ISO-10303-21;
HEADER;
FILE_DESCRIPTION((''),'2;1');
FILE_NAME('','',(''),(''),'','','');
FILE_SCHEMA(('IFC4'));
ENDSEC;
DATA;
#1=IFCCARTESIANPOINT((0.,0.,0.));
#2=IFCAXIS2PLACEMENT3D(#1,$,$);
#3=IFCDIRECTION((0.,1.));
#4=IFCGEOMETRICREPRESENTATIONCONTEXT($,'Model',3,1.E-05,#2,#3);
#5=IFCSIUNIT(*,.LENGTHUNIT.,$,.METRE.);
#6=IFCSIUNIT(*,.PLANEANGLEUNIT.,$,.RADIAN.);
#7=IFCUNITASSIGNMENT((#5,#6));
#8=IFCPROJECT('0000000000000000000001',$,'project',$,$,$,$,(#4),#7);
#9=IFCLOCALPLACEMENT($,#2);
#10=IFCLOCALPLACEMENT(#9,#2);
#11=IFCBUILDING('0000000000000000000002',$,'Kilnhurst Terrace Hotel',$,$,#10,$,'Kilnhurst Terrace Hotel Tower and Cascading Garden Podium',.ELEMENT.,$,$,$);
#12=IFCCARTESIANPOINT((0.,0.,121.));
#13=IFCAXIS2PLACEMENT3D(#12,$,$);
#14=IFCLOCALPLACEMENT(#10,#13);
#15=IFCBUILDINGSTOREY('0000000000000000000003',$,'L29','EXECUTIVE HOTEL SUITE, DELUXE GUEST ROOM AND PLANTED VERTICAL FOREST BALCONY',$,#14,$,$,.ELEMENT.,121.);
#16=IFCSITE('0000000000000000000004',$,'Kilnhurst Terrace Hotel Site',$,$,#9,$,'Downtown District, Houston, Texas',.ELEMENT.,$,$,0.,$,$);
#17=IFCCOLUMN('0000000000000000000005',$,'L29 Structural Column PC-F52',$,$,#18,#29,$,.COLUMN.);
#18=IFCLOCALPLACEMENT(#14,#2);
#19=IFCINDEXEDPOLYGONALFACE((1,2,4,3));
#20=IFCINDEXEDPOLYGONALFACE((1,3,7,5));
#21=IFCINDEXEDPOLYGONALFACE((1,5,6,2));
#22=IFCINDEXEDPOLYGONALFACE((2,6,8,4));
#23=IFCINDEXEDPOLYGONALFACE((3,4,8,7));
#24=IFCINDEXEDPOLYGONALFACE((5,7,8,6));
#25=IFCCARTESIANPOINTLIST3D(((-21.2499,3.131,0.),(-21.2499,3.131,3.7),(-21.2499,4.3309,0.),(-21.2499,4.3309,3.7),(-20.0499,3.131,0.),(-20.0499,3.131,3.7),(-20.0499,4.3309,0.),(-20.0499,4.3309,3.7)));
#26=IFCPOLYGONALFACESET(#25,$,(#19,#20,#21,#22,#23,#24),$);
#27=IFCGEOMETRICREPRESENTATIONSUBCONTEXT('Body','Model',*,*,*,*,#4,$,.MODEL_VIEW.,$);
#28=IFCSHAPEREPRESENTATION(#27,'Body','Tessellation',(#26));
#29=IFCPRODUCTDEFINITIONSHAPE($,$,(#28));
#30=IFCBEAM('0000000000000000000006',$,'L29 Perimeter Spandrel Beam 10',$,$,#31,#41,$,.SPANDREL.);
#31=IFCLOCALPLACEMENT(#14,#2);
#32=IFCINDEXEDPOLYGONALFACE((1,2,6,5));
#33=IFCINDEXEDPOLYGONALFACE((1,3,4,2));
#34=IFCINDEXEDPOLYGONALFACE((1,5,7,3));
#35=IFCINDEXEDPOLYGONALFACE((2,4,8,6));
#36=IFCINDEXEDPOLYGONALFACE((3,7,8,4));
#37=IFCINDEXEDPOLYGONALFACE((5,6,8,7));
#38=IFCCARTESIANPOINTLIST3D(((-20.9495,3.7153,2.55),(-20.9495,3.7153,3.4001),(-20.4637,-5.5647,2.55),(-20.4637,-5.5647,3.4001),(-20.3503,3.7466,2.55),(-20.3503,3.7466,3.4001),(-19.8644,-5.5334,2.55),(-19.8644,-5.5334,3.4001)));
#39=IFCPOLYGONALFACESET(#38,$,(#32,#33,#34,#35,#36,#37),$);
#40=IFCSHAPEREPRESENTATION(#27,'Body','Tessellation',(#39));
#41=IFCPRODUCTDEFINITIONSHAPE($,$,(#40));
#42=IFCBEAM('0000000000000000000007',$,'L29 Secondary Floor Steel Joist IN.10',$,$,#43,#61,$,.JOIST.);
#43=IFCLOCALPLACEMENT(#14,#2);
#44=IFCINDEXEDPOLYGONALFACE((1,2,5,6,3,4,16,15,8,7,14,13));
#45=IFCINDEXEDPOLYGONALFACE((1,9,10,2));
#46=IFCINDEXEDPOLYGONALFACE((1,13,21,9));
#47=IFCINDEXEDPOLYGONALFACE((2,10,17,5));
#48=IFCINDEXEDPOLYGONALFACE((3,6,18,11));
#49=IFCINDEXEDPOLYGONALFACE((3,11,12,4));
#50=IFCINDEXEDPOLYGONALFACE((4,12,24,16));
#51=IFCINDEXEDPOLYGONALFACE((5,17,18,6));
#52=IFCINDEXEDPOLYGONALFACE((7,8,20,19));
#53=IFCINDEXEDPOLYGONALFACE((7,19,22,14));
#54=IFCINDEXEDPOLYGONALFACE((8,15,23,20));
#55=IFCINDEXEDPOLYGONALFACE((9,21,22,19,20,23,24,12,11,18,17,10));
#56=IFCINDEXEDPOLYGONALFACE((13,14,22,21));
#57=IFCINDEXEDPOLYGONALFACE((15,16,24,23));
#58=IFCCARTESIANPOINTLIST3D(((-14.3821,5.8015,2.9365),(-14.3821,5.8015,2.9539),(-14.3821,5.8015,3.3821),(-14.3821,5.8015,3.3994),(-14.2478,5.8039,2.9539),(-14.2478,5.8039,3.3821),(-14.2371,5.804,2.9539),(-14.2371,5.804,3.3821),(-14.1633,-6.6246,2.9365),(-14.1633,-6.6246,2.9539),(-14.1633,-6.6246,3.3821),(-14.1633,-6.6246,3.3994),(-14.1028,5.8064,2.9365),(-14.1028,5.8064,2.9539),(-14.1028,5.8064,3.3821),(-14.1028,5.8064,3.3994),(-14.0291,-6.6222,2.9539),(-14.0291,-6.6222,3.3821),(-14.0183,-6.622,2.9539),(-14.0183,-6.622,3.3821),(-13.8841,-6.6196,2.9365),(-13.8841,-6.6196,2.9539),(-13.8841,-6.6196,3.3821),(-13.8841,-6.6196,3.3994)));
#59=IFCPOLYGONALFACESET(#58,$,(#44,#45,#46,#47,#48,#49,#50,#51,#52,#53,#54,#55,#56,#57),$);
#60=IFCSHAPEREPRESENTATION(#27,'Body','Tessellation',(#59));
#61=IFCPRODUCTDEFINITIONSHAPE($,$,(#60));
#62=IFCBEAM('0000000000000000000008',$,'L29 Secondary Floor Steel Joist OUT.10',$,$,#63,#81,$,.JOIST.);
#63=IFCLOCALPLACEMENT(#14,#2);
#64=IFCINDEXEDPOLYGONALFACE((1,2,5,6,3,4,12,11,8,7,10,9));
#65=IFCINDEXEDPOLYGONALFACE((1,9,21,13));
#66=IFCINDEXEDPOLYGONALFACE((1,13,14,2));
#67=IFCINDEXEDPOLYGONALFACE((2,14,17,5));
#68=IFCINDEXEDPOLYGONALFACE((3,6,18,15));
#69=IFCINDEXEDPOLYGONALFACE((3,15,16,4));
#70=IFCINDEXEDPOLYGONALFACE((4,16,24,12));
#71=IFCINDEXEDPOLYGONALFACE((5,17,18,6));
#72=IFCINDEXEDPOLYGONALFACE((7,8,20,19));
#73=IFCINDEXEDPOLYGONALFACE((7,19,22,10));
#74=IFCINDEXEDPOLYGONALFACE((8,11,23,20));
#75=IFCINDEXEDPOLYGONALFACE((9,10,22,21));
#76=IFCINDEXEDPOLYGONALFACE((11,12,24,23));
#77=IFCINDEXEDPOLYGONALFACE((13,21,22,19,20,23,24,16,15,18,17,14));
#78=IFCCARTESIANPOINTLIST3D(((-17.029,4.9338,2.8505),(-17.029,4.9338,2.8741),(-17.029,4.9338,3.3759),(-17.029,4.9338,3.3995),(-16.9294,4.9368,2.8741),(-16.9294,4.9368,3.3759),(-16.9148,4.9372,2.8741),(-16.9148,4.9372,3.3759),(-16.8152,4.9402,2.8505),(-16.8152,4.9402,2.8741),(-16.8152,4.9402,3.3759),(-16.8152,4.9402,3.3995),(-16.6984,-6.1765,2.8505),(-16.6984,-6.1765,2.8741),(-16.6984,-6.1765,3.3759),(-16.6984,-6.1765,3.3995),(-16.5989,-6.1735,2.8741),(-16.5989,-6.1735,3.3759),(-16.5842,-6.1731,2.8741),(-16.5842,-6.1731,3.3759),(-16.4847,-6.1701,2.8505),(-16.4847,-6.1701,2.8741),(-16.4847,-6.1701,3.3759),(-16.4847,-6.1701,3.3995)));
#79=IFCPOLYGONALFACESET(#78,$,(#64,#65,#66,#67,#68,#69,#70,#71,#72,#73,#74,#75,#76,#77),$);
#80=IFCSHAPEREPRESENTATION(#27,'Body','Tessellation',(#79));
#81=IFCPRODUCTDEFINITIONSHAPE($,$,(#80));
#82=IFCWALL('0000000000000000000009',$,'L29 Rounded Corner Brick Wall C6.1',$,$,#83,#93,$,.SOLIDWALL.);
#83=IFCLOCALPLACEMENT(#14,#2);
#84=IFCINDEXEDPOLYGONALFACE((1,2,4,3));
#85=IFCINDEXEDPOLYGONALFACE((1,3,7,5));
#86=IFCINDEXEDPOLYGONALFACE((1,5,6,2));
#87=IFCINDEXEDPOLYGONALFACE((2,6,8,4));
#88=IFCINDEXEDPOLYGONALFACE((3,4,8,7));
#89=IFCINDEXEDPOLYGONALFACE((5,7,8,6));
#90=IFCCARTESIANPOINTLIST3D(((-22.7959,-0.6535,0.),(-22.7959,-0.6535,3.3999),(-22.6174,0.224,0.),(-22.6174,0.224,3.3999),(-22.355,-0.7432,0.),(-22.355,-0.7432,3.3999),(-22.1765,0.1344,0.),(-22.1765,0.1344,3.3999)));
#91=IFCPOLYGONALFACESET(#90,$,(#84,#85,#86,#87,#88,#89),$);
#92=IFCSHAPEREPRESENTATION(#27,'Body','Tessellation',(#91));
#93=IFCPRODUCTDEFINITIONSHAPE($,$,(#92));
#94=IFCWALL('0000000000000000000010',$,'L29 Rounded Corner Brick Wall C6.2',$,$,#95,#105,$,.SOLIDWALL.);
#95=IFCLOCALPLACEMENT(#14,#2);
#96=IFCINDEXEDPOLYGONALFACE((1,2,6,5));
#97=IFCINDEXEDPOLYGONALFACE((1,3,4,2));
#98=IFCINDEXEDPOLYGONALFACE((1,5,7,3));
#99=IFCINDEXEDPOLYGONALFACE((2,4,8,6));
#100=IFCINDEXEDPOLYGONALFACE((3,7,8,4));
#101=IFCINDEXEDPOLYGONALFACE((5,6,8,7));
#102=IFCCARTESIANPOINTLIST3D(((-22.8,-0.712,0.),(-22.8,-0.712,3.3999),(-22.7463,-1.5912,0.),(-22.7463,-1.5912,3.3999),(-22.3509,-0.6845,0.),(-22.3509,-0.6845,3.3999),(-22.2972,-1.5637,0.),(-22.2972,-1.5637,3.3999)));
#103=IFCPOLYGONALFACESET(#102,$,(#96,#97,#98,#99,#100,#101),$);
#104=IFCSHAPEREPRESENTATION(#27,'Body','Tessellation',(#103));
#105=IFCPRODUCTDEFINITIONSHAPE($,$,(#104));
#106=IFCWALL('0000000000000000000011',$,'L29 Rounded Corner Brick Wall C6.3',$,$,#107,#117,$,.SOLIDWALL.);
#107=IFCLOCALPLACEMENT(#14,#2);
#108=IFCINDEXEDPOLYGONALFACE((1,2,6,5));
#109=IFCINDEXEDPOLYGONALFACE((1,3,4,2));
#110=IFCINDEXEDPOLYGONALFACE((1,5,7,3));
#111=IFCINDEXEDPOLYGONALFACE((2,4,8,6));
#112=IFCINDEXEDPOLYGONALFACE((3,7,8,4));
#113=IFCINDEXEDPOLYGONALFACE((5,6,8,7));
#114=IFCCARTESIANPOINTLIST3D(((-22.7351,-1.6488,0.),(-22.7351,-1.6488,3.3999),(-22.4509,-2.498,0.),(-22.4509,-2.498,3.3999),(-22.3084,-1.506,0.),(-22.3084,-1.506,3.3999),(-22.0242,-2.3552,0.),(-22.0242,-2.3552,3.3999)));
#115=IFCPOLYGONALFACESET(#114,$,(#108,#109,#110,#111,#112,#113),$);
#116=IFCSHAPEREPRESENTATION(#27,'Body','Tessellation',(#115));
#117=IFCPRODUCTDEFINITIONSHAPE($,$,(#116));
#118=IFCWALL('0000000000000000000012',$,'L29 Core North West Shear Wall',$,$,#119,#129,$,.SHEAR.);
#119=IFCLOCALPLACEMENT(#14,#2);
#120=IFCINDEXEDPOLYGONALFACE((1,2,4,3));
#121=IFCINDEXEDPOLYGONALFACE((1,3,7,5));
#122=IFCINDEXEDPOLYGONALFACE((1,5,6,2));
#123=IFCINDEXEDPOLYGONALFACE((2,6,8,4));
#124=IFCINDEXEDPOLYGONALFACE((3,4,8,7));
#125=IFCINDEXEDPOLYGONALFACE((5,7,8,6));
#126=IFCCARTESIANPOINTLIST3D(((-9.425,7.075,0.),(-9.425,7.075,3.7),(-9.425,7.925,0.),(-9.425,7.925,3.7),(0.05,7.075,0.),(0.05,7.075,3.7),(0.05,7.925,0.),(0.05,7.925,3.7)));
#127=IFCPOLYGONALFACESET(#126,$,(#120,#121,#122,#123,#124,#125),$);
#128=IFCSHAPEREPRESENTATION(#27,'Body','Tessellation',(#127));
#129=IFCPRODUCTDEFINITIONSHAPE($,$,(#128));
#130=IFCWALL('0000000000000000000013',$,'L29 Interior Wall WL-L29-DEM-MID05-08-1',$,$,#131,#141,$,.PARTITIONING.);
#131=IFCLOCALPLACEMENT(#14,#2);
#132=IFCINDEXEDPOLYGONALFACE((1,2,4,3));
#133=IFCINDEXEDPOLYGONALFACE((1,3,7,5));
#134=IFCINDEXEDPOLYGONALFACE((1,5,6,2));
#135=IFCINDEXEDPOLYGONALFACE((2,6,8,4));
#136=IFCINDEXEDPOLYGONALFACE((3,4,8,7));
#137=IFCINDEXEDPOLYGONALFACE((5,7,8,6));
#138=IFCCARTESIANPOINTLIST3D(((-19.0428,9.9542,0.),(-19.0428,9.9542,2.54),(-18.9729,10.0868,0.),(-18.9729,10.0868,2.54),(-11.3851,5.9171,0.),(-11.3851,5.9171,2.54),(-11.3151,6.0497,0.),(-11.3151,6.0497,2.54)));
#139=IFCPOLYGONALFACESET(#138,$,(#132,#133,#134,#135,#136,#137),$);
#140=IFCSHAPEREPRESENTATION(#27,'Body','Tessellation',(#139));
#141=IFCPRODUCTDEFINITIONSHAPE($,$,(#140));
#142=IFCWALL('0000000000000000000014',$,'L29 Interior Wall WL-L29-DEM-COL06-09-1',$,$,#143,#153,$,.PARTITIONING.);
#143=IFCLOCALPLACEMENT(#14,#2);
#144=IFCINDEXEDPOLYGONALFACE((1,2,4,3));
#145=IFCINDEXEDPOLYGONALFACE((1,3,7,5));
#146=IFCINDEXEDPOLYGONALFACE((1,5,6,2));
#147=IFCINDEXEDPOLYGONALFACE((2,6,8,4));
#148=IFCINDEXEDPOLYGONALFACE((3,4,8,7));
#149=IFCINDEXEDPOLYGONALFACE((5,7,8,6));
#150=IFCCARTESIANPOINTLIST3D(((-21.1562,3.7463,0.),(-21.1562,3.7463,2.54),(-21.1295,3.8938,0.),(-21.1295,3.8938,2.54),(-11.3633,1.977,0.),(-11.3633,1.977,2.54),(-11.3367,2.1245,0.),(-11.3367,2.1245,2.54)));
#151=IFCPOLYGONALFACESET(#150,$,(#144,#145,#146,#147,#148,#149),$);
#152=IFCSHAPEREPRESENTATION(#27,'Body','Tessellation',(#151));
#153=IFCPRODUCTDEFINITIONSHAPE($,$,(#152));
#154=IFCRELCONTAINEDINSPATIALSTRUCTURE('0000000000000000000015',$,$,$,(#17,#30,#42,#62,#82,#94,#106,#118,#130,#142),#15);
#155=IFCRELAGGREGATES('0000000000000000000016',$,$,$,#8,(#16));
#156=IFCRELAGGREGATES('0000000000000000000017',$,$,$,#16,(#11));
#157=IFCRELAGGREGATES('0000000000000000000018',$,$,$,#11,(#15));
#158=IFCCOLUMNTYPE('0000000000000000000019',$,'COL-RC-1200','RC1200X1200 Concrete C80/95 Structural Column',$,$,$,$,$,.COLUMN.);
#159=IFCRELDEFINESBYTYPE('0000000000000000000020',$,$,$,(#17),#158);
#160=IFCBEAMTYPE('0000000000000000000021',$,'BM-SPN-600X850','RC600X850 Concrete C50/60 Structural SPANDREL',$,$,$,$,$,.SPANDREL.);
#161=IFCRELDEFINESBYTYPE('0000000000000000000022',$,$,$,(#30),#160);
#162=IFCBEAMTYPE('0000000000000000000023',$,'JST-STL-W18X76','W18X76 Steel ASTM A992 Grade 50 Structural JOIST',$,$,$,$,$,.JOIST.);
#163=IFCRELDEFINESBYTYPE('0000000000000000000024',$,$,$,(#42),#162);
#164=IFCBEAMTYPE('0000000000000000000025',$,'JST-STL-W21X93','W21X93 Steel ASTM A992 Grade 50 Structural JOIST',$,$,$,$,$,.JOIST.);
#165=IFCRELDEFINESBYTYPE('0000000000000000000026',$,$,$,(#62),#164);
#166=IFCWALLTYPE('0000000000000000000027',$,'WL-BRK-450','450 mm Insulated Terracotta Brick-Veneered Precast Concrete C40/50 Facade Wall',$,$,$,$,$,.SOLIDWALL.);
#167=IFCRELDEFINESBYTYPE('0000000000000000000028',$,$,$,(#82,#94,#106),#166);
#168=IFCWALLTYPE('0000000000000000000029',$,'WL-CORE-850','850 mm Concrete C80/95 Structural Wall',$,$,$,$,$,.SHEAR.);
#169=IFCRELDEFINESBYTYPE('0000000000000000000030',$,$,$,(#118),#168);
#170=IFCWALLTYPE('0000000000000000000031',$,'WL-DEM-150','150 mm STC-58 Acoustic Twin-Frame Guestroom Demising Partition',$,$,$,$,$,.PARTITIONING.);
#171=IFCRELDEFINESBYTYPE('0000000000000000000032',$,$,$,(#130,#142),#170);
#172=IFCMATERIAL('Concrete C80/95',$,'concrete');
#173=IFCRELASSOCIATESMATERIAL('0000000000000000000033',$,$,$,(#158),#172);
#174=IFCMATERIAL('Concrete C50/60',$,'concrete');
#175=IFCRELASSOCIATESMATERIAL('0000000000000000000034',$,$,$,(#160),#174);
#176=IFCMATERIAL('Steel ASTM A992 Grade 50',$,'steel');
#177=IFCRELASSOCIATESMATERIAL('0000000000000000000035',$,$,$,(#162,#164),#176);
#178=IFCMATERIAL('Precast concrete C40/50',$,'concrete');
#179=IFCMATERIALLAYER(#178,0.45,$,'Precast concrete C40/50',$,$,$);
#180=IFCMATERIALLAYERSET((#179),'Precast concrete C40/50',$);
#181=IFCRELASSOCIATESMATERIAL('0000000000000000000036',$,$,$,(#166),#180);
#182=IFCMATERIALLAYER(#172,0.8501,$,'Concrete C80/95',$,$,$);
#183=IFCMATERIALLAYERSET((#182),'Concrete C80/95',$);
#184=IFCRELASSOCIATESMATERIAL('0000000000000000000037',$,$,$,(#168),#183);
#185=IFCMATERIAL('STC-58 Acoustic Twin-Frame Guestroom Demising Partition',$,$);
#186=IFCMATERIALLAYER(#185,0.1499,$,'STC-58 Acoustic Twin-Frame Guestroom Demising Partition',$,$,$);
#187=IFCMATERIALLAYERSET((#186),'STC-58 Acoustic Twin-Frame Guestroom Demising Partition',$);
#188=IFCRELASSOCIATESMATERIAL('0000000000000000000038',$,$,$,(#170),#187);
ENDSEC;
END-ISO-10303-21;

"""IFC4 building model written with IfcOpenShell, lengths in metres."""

from ifc_helpers import new_model, si_unit, direction, frame, frame_2d, origin, origin_2d, place, context, subcontext, project, spatial, rectangle, i_section, extrude, material, layer, layer_set, material_profile, profile_set, type_object, element, save


model = new_model("IFC4")

# Units and contexts
model_context = context("Model", 3, precision=1e-05, world=origin(), true_north=direction((0.0, 1.0)))
body_context = subcontext(model_context, "Body", "Model", "MODEL_VIEW")
ifc_project = project(units=[si_unit("LENGTHUNIT", "METRE"), si_unit("PLANEANGLEUNIT", "RADIAN")], contexts=[model_context])

# Site, building, storey
site_placement = place(None, origin())
site = spatial("IfcSite", under=ifc_project, at=site_placement, Name="Kilnhurst Terrace Hotel Site", LongName="Downtown District, Houston, Texas", CompositionType="ELEMENT", RefElevation=0.0)
building_placement = place(site_placement, origin())
building = spatial("IfcBuilding", under=site, at=building_placement, Name="Kilnhurst Terrace Hotel", LongName="Kilnhurst Terrace Hotel Tower and Cascading Garden Podium", CompositionType="ELEMENT")
storey_placement = place(building_placement, frame((0.0, 0.0, 121.0)))
storey = spatial("IfcBuildingStorey", under=building, at=storey_placement, Name="L29", Description="EXECUTIVE HOTEL SUITE, DELUXE GUEST ROOM AND PLANTED VERTICAL FOREST BALCONY", CompositionType="ELEMENT", Elevation=121.0)

# Column
ifc_material_1 = material(Name="Concrete C80/95", Category="concrete")
ifc_material_profile_1 = material_profile(ifc_material_1, rectangle(XDim=1.2, YDim=1.2, at=origin_2d()), Name="RC1200X1200")
ifc_profile_set_1 = profile_set([ifc_material_profile_1], Name="Concrete C80/95")
column_type = type_object("IfcColumnType", Name="COL-RC-1200", Description="RC1200X1200 Concrete C80/95 Structural Column", PredefinedType="COLUMN", material=ifc_profile_set_1)
column_placement = place(storey_placement, frame((-20.6499, 3.731, 0.0), z_axis=(0.0, 0.0, 1.0), x_axis=(1.0, 0.0, 0.0)))
element("IfcColumn", 1, at=column_placement, inside=storey, type_object=column_type, Name="L29 Structural Column PC-F52", PredefinedType="COLUMN", context=body_context, shape_type="SweptSolid", body=[
    extrude(rectangle(XDim=1.2, YDim=1.2, at=origin_2d()), origin(), (0.0, 0.0, 1.0), 3.7),
])

# Beams
ifc_material_2 = material(Name="Concrete C50/60", Category="concrete")
ifc_material_profile_2 = material_profile(ifc_material_2, rectangle(XDim=0.6001, YDim=0.8501, at=origin_2d()), Name="RC600X850")
ifc_profile_set_2 = profile_set([ifc_material_profile_2], Name="Concrete C50/60")
beam_type_1 = type_object("IfcBeamType", Name="BM-SPN-600X850", Description="RC600X850 Concrete C50/60 Structural SPANDREL", PredefinedType="SPANDREL", material=ifc_profile_set_2)
beam_1_placement = place(storey_placement, frame((-20.6499, 3.731, 2.9751), z_axis=(0.052282, -0.998632, 0.0), x_axis=(0.998632, 0.052282, 0.0)))
element("IfcBeam", 2, at=beam_1_placement, inside=storey, type_object=beam_type_1, Name="L29 Perimeter Spandrel Beam 10", PredefinedType="SPANDREL", context=body_context, shape_type="SweptSolid", body=[
    extrude(rectangle(XDim=0.6001, YDim=0.8501, at=origin_2d()), origin(), (0.0, 0.0, 1.0), 9.2927),
])
ifc_material_3 = material(Name="Steel ASTM A992 Grade 50", Category="steel")
ifc_material_profile_3 = material_profile(ifc_material_3, i_section(OverallWidth=0.2793, OverallDepth=0.4629, WebThickness=0.0107, FlangeThickness=0.0173, at=origin_2d()), Name="W18X76")
ifc_profile_set_3 = profile_set([ifc_material_profile_3], Name="Steel ASTM A992 Grade 50")
beam_type_2 = type_object("IfcBeamType", Name="JST-STL-W18X76", Description="W18X76 Steel ASTM A992 Grade 50 Structural JOIST", PredefinedType="JOIST", material=ifc_profile_set_3)
beam_2_placement = place(storey_placement, frame((-14.2424, 5.804, 3.168), z_axis=(0.017601, -0.999845, 0.0), x_axis=(0.999845, 0.017601, 0.0)))
element("IfcBeam", 3, at=beam_2_placement, inside=storey, type_object=beam_type_2, Name="L29 Secondary Floor Steel Joist IN.10", PredefinedType="JOIST", context=body_context, shape_type="SweptSolid", body=[
    extrude(i_section(OverallWidth=0.2793, OverallDepth=0.4629, WebThickness=0.0107, FlangeThickness=0.0173, at=origin_2d()), origin(), (0.0, 0.0, 1.0), 12.428),
])
ifc_material_profile_4 = material_profile(ifc_material_3, i_section(OverallWidth=0.2139, OverallDepth=0.5491, WebThickness=0.0146, FlangeThickness=0.0237, at=origin_2d()), Name="W21X93")
ifc_profile_set_4 = profile_set([ifc_material_profile_4], Name="Steel ASTM A992 Grade 50")
beam_type_3 = type_object("IfcBeamType", Name="JST-STL-W21X93", Description="W21X93 Steel ASTM A992 Grade 50 Structural JOIST", PredefinedType="JOIST", material=ifc_profile_set_4)
beam_3_placement = place(storey_placement, frame((-16.9221, 4.937, 3.125), z_axis=(0.02974, -0.999558, 0.0), x_axis=(0.999558, 0.02974, 0.0)))
element("IfcBeam", 4, at=beam_3_placement, inside=storey, type_object=beam_type_3, Name="L29 Secondary Floor Steel Joist OUT.10", PredefinedType="JOIST", context=body_context, shape_type="SweptSolid", body=[
    extrude(i_section(OverallWidth=0.2139, OverallDepth=0.5491, WebThickness=0.0146, FlangeThickness=0.0237, at=origin_2d()), origin(), (0.0, 0.0, 1.0), 11.1152),
])

# Walls
ifc_material_4 = material(Name="Precast concrete C40/50", Category="concrete")
ifc_layer_1 = layer(ifc_material_4, 0.45, Name="Precast concrete C40/50")
ifc_layer_set_1 = layer_set([ifc_layer_1], Name="Precast concrete C40/50")
wall_type_1 = type_object("IfcWallType", Name="WL-BRK-450", Description="450 mm Insulated Terracotta Brick-Veneered Precast Concrete C40/50 Facade Wall", PredefinedType="SOLIDWALL", material=ifc_layer_set_1)
wall_1_placement = place(storey_placement, frame((-22.397, 0.1792, 0.0), z_axis=(0.0, 0.0, 1.0), x_axis=(-0.199314, -0.979936, 0.0)))
element("IfcWall", 5, at=wall_1_placement, inside=storey, type_object=wall_type_1, Name="L29 Rounded Corner Brick Wall C6.1", PredefinedType="SOLIDWALL", context=body_context, shape_type="SweptSolid", body=[
    extrude(rectangle(XDim=0.8955, YDim=0.45, at=frame_2d((0.4478, 0.0))), origin(), (0.0, 0.0, 1.0), 3.3999),
])
wall_2_placement = place(storey_placement, frame((-22.5754, -0.6982, 0.0), z_axis=(0.0, 0.0, 1.0), x_axis=(0.06098, -0.998139, 0.0)))
element("IfcWall", 6, at=wall_2_placement, inside=storey, type_object=wall_type_1, Name="L29 Rounded Corner Brick Wall C6.2", PredefinedType="SOLIDWALL", context=body_context, shape_type="SweptSolid", body=[
    extrude(rectangle(XDim=0.8809, YDim=0.45, at=frame_2d((0.4404, 0.0))), origin(), (0.0, 0.0, 1.0), 3.3999),
])
wall_3_placement = place(storey_placement, frame((-22.5217, -1.5774, 0.0), z_axis=(0.0, 0.0, 1.0), x_axis=(0.317373, -0.948301, 0.0)))
element("IfcWall", 7, at=wall_3_placement, inside=storey, type_object=wall_type_1, Name="L29 Rounded Corner Brick Wall C6.3", PredefinedType="SOLIDWALL", context=body_context, shape_type="SweptSolid", body=[
    extrude(rectangle(XDim=0.8955, YDim=0.45, at=frame_2d((0.4478, 0.0))), origin(), (0.0, 0.0, 1.0), 3.3999),
])
ifc_layer_2 = layer(ifc_material_1, 0.8501, Name="Concrete C80/95")
ifc_layer_set_2 = layer_set([ifc_layer_2], Name="Concrete C80/95")
wall_type_2 = type_object("IfcWallType", Name="WL-CORE-850", Description="850 mm Concrete C80/95 Structural Wall", PredefinedType="SHEAR", material=ifc_layer_set_2)
wall_4_placement = place(storey_placement, frame((-9.425, 7.5, 0.0), z_axis=(0.0, 0.0, 1.0), x_axis=(1.0, 0.0, 0.0)))
element("IfcWall", 8, at=wall_4_placement, inside=storey, type_object=wall_type_2, Name="L29 Core North West Shear Wall", PredefinedType="SHEAR", context=body_context, shape_type="SweptSolid", body=[
    extrude(rectangle(XDim=9.4751, YDim=0.8501, at=frame_2d((4.7375, 0.0))), origin(), (0.0, 0.0, 1.0), 3.7),
])
ifc_material_5 = material(Name="STC-58 Acoustic Twin-Frame Guestroom Demising Partition")
ifc_layer_3 = layer(ifc_material_5, 0.1499, Name="STC-58 Acoustic Twin-Frame Guestroom Demising Partition")
ifc_layer_set_3 = layer_set([ifc_layer_3], Name="STC-58 Acoustic Twin-Frame Guestroom Demising Partition")
wall_type_3 = type_object("IfcWallType", Name="WL-DEM-150", Description="150 mm STC-58 Acoustic Twin-Frame Guestroom Demising Partition", PredefinedType="PARTITIONING", material=ifc_layer_set_3)
wall_5_placement = place(storey_placement, frame((-11.3501, 5.9834, 0.0), z_axis=(0.0, 0.0, 1.0), x_axis=(-0.884597, 0.466355, 0.0)))
element("IfcWall", 9, at=wall_5_placement, inside=storey, type_object=wall_type_3, Name="L29 Interior Wall WL-L29-DEM-MID05-08-1", PredefinedType="PARTITIONING", context=body_context, shape_type="SweptSolid", body=[
    extrude(rectangle(XDim=8.6567, YDim=0.1499, at=frame_2d((4.3284, 0.0))), origin(), (0.0, 0.0, 1.0), 2.54),
])
wall_6_placement = place(storey_placement, frame((-11.3501, 2.0508, 0.0), z_axis=(0.0, 0.0, 1.0), x_axis=(-0.984068, 0.177791, 0.0)))
element("IfcWall", 10, at=wall_6_placement, inside=storey, type_object=wall_type_3, Name="L29 Interior Wall WL-L29-DEM-COL06-09-1", PredefinedType="PARTITIONING", context=body_context, shape_type="SweptSolid", body=[
    extrude(rectangle(XDim=9.9514, YDim=0.1499, at=frame_2d((4.9756, 0.0))), origin(), (0.0, 0.0, 1.0), 2.54),
])

save(model, "model.ifc")
